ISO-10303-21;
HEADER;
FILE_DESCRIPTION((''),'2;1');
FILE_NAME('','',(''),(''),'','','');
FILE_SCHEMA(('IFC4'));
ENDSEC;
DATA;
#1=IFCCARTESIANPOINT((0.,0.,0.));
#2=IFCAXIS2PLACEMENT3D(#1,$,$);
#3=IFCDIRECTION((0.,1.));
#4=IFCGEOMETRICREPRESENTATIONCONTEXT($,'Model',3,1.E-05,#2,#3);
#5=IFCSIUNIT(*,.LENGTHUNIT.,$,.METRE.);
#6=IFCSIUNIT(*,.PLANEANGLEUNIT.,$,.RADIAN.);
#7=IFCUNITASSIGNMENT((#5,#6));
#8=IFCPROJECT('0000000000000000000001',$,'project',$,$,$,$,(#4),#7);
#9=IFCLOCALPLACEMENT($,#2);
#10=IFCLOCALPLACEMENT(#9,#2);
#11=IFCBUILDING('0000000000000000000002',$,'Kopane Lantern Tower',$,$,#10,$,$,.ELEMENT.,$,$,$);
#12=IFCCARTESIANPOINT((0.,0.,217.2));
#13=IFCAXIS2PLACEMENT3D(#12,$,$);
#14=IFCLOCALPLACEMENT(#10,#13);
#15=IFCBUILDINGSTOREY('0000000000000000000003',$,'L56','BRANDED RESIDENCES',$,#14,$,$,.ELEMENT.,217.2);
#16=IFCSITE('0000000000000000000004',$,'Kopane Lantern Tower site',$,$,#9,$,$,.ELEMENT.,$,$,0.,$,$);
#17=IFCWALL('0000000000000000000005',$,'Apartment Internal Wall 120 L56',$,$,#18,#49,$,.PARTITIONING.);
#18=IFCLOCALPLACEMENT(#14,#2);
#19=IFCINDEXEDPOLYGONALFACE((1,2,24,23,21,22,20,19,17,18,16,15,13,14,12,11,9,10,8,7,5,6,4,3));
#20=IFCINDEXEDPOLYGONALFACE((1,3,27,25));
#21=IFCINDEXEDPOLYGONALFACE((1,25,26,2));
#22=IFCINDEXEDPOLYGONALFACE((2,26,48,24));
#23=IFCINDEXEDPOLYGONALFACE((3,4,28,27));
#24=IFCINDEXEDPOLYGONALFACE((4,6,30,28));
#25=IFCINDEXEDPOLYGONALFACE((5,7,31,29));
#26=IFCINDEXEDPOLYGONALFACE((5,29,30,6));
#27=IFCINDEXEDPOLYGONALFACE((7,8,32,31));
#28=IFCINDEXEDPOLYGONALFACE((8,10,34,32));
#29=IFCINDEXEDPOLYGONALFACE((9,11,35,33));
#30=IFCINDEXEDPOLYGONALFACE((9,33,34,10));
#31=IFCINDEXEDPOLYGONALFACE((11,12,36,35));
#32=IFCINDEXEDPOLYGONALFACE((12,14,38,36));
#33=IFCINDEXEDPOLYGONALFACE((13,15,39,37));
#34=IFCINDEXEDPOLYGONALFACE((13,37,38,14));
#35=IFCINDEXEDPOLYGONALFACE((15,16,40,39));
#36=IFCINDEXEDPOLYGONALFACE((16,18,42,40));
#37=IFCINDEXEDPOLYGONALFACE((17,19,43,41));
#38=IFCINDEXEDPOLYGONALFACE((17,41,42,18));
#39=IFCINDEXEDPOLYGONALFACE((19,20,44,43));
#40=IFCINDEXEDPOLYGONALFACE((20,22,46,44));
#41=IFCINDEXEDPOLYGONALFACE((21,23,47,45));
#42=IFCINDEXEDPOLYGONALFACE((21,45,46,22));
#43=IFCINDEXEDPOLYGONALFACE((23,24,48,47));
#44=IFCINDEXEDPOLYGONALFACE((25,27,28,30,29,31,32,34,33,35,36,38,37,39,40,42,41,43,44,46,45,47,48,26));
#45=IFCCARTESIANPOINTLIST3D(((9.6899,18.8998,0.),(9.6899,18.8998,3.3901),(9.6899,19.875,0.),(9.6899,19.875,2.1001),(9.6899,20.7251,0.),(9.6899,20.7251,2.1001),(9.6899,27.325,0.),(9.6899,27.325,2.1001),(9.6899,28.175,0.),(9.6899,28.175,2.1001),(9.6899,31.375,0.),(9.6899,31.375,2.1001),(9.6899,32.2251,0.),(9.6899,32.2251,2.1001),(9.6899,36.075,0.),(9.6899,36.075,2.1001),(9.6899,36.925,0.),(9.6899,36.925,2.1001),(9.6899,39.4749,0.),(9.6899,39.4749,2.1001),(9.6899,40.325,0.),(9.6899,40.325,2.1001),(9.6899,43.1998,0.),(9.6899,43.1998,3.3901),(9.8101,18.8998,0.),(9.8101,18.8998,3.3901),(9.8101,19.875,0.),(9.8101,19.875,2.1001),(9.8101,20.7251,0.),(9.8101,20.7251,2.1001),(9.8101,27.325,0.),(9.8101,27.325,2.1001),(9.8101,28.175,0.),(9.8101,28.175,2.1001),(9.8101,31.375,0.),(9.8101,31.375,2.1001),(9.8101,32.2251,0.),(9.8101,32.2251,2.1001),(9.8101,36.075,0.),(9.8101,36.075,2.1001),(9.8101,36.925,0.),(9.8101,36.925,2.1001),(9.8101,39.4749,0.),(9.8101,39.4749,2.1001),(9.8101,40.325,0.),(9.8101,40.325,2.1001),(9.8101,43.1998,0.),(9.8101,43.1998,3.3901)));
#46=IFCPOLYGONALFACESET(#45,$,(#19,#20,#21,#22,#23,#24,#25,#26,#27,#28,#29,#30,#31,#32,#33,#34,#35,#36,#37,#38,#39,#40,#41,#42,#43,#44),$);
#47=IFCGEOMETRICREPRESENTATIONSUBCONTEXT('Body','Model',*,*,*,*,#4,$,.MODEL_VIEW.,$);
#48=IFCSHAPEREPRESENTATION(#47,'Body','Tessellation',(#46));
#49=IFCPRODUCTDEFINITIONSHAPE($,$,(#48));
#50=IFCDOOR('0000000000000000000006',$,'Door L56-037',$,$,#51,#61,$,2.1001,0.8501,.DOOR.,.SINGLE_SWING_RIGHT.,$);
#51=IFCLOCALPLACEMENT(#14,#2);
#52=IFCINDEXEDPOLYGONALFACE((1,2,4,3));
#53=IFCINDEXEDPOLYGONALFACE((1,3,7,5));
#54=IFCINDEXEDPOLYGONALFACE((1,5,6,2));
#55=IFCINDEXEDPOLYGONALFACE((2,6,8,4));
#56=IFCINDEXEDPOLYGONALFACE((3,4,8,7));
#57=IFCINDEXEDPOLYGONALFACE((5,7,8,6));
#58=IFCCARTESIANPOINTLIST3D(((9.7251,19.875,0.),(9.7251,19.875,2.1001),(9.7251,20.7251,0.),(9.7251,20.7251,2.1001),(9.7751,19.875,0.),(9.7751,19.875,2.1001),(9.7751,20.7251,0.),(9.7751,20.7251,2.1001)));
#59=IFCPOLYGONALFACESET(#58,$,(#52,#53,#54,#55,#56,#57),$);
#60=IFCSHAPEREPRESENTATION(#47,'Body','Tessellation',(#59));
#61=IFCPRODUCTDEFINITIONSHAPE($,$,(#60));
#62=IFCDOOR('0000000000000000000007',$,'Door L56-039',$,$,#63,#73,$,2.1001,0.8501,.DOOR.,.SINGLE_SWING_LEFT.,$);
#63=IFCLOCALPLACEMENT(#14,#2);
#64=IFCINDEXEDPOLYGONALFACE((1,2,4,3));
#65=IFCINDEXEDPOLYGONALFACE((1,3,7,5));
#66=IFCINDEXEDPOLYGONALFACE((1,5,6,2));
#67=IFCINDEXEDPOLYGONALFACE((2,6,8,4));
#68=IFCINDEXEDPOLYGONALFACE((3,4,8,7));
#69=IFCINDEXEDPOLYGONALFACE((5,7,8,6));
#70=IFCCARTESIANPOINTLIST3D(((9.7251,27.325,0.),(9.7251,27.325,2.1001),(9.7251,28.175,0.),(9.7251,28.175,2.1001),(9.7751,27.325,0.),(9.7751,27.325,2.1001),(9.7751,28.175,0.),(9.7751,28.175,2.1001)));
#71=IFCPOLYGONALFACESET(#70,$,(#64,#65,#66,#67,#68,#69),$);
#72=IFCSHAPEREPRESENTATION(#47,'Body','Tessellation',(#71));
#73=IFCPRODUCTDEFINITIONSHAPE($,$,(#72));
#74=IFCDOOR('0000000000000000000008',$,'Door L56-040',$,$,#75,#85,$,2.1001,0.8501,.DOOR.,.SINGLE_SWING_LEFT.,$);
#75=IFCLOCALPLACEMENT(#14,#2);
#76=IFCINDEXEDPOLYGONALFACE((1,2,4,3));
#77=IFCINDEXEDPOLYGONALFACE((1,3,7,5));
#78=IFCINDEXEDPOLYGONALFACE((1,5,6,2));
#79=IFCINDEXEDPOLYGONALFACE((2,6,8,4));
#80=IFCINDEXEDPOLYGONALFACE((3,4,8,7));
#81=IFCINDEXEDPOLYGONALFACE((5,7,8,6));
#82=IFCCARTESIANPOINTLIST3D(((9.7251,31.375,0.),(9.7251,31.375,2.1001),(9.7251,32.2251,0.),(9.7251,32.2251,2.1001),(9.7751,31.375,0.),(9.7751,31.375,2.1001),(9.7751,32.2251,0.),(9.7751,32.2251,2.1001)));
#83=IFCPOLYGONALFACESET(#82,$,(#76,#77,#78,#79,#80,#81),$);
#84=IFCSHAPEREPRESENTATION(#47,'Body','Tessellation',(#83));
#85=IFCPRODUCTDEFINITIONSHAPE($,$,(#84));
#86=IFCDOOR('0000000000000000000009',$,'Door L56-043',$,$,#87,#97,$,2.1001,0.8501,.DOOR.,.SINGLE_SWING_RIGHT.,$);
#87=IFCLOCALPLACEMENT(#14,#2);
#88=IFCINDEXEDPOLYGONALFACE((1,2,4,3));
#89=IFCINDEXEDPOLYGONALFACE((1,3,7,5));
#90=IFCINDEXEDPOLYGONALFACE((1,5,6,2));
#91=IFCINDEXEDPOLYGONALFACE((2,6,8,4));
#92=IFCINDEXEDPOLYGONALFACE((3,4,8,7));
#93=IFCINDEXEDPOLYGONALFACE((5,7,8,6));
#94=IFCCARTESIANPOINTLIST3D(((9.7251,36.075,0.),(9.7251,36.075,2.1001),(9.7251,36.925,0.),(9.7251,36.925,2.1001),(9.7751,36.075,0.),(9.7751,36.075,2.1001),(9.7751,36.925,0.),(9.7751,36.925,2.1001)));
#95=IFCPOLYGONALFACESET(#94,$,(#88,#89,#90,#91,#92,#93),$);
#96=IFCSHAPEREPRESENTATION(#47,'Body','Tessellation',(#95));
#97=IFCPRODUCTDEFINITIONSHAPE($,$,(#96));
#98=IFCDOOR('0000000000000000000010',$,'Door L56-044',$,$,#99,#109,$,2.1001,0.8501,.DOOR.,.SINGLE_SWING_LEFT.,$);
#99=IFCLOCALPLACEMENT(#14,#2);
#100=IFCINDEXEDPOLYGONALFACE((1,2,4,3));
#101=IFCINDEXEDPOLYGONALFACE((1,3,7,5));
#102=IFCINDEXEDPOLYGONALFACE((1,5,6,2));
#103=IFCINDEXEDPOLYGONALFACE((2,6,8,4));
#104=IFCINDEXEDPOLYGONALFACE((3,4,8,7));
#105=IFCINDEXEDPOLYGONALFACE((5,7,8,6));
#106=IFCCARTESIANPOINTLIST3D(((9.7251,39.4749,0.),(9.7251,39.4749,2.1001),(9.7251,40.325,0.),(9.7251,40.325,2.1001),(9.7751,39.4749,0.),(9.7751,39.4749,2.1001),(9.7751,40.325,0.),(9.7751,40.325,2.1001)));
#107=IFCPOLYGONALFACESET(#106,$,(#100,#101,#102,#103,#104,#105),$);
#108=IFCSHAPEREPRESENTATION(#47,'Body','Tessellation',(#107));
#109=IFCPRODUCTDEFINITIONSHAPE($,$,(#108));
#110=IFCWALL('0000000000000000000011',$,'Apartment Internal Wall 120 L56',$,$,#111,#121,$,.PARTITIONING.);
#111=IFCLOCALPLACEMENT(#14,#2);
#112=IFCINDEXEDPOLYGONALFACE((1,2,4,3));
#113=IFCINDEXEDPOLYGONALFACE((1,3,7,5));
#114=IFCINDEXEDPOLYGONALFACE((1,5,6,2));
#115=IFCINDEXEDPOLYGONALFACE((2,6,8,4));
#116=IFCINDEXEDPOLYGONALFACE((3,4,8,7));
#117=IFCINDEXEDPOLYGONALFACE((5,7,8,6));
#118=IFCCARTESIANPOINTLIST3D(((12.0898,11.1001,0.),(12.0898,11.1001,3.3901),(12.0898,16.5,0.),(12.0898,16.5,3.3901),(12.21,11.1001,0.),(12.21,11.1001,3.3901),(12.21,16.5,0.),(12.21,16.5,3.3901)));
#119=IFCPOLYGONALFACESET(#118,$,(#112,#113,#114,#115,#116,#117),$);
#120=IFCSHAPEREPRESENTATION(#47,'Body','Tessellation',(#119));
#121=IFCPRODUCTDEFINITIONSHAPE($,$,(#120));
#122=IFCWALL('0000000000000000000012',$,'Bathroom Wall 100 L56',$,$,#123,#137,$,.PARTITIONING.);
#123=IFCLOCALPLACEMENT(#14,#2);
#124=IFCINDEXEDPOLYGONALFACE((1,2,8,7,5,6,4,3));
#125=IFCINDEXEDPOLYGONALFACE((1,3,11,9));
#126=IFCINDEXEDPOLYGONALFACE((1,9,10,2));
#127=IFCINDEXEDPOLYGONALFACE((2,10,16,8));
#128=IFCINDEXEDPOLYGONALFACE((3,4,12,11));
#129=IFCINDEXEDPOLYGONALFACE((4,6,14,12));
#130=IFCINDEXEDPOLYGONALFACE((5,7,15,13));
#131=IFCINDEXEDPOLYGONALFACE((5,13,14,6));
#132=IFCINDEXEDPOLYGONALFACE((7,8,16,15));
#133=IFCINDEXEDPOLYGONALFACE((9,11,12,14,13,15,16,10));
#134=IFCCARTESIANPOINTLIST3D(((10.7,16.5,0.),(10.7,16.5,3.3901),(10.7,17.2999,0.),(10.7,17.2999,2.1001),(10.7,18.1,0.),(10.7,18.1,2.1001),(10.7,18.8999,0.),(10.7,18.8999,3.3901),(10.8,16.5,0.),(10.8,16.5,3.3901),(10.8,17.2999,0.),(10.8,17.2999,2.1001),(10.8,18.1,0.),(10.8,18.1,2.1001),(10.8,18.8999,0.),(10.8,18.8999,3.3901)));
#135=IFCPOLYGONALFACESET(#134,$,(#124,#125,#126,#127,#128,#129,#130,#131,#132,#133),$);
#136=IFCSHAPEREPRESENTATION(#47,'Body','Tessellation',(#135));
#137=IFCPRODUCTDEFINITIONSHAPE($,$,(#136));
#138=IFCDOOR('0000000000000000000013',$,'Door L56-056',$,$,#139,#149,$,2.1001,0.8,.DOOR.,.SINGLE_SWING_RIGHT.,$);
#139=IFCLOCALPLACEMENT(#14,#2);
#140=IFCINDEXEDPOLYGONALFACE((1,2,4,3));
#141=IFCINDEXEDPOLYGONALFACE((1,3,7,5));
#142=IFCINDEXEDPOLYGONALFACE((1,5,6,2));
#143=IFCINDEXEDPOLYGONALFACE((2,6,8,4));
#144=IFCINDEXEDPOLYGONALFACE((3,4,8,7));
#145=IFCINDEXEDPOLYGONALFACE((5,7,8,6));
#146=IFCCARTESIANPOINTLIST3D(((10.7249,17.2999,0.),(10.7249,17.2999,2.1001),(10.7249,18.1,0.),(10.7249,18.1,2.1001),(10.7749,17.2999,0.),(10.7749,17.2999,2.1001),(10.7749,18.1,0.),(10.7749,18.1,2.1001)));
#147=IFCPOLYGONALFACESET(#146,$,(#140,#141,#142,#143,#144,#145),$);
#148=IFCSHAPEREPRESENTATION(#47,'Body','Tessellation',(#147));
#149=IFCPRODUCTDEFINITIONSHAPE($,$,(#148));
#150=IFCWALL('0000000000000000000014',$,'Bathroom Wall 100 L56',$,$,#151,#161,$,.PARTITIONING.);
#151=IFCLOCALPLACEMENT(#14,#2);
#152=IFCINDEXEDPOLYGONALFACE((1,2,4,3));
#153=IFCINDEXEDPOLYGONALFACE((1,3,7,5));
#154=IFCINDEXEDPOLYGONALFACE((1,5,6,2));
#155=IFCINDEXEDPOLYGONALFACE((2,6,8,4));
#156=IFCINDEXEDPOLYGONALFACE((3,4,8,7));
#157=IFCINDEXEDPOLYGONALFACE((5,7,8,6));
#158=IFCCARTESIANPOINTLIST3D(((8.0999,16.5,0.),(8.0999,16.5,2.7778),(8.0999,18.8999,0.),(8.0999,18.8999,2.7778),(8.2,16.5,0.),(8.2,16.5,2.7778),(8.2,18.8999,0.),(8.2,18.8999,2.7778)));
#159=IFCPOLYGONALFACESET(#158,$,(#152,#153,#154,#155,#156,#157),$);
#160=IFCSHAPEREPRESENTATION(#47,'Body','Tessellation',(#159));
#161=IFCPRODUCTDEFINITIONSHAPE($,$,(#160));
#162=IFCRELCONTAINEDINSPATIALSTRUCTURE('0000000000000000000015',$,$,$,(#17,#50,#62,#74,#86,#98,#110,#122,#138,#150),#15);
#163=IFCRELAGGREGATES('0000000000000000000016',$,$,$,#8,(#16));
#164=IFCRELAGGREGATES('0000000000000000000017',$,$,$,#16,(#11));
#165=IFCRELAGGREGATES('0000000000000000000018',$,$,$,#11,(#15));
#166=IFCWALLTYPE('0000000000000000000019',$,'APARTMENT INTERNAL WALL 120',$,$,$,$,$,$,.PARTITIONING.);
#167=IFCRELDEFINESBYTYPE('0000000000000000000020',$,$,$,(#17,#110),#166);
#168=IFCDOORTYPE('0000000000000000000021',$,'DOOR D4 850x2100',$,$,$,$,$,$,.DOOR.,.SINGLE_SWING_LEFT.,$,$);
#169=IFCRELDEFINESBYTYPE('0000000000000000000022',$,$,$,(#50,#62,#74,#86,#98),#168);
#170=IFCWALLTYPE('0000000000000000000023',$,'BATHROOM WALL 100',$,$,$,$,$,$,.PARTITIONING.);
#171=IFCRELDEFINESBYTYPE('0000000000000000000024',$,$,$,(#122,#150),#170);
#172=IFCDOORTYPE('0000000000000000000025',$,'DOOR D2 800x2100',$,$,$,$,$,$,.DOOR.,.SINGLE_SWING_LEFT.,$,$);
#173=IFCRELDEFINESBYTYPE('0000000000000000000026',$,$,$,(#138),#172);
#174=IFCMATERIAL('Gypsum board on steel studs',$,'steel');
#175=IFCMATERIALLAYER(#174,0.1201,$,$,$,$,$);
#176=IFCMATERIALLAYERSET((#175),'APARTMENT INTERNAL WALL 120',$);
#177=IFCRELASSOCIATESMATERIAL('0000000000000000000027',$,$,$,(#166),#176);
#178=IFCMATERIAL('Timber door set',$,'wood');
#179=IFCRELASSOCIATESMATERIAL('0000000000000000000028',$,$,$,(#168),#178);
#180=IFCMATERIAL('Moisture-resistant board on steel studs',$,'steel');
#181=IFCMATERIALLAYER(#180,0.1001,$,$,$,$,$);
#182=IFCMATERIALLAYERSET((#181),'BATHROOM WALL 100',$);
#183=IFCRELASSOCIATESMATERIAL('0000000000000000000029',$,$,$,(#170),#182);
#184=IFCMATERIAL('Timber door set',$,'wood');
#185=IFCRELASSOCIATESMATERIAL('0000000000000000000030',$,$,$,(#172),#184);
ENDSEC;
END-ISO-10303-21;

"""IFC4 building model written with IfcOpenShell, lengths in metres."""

from ifc_helpers import new_model, si_unit, direction, frame, frame_2d, origin, place, context, subcontext, project, spatial, rectangle, extrude, material, layer, layer_set, type_object, element, fill, save


model = new_model("IFC4")

# Units and contexts
model_context = context("Model", 3, precision=1e-05, world=origin(), true_north=direction((0.0, 1.0)))
body_context = subcontext(model_context, "Body", "Model", "MODEL_VIEW")
ifc_project = project(units=[si_unit("LENGTHUNIT", "METRE"), si_unit("PLANEANGLEUNIT", "RADIAN")], contexts=[model_context])

# Site, building, storey
site_placement = place(None, origin())
site = spatial("IfcSite", under=ifc_project, at=site_placement, Name="Kopane Lantern Tower site", CompositionType="ELEMENT", RefElevation=0.0)
building_placement = place(site_placement, origin())
building = spatial("IfcBuilding", under=site, at=building_placement, Name="Kopane Lantern Tower", CompositionType="ELEMENT")
storey_placement = place(building_placement, frame((0.0, 0.0, 217.2)))
storey = spatial("IfcBuildingStorey", under=building, at=storey_placement, Name="L56", Description="BRANDED RESIDENCES", CompositionType="ELEMENT", Elevation=217.2)

# Wall, openings, doors
ifc_material_1 = material(Name="Gypsum board on steel studs", Category="steel")
ifc_layer_1 = layer(ifc_material_1, 0.1201)
ifc_layer_set_1 = layer_set([ifc_layer_1], Name="APARTMENT INTERNAL WALL 120")
wall_type_1 = type_object("IfcWallType", Name="APARTMENT INTERNAL WALL 120", PredefinedType="PARTITIONING", material=ifc_layer_set_1)
wall_1_placement = place(storey_placement, frame((9.75, 18.8999, 0.0), z_axis=(0.0, 0.0, 1.0), x_axis=(0.0, 1.0, 0.0)))
wall_1 = element("IfcWall", 1, at=wall_1_placement, inside=storey, type_object=wall_type_1, Name="Apartment Internal Wall 120 L56", PredefinedType="PARTITIONING", context=body_context, shape_type="SweptSolid", body=[
    extrude(rectangle(XDim=24.3, YDim=0.1201, at=frame_2d((12.1499, 0.0))), origin(), (0.0, 0.0, 1.0), 3.3901),
])
opening_1_placement = place(wall_1_placement, frame((0.9751, 0.0, 0.0)))
opening_1 = element("IfcOpeningElement", 2, at=opening_1_placement, cuts=wall_1, PredefinedType="OPENING", context=body_context, shape_type="SweptSolid", body=[
    extrude(rectangle(XDim=0.8501, YDim=2.1001, at=frame_2d((0.425, 1.05))), frame((0.0, 0.0701, 0.0), z_axis=(0.0, -1.0, 0.0), x_axis=(1.0, 0.0, 0.0)), (0.0, 0.0, 1.0), 0.1401),
])
opening_2_placement = place(wall_1_placement, frame((8.425, 0.0, 0.0)))
opening_2 = element("IfcOpeningElement", 3, at=opening_2_placement, cuts=wall_1, PredefinedType="OPENING", context=body_context, shape_type="SweptSolid", body=[
    extrude(rectangle(XDim=0.8501, YDim=2.1001, at=frame_2d((0.425, 1.05))), frame((0.0, 0.0701, 0.0), z_axis=(0.0, -1.0, 0.0), x_axis=(1.0, 0.0, 0.0)), (0.0, 0.0, 1.0), 0.1401),
])
opening_3_placement = place(wall_1_placement, frame((12.4751, 0.0, 0.0)))
opening_3 = element("IfcOpeningElement", 4, at=opening_3_placement, cuts=wall_1, PredefinedType="OPENING", context=body_context, shape_type="SweptSolid", body=[
    extrude(rectangle(XDim=0.8501, YDim=2.1001, at=frame_2d((0.425, 1.05))), frame((0.0, 0.0701, 0.0), z_axis=(0.0, -1.0, 0.0), x_axis=(1.0, 0.0, 0.0)), (0.0, 0.0, 1.0), 0.1401),
])
opening_4_placement = place(wall_1_placement, frame((17.175, 0.0, 0.0)))
opening_4 = element("IfcOpeningElement", 5, at=opening_4_placement, cuts=wall_1, PredefinedType="OPENING", context=body_context, shape_type="SweptSolid", body=[
    extrude(rectangle(XDim=0.8501, YDim=2.1001, at=frame_2d((0.425, 1.05))), frame((0.0, 0.0701, 0.0), z_axis=(0.0, -1.0, 0.0), x_axis=(1.0, 0.0, 0.0)), (0.0, 0.0, 1.0), 0.1401),
])
opening_5_placement = place(wall_1_placement, frame((20.575, 0.0, 0.0)))
opening_5 = element("IfcOpeningElement", 6, at=opening_5_placement, cuts=wall_1, PredefinedType="OPENING", context=body_context, shape_type="SweptSolid", body=[
    extrude(rectangle(XDim=0.8501, YDim=2.1001, at=frame_2d((0.425, 1.05))), frame((0.0, 0.0701, 0.0), z_axis=(0.0, -1.0, 0.0), x_axis=(1.0, 0.0, 0.0)), (0.0, 0.0, 1.0), 0.1401),
])
ifc_material_2 = material(Name="Timber door set", Category="wood")
door_type_1 = type_object("IfcDoorType", Name="DOOR D4 850x2100", OperationType="SINGLE_SWING_LEFT", PredefinedType="DOOR", material=ifc_material_2)
door_1_placement = place(opening_1_placement, origin())
door_1 = element("IfcDoor", 7, at=door_1_placement, inside=storey, type_object=door_type_1, Name="Door L56-037", OperationType="SINGLE_SWING_RIGHT", OverallHeight=2.1001, OverallWidth=0.8501, PredefinedType="DOOR", context=body_context, shape_type="SweptSolid", body=[
    extrude(rectangle(XDim=0.8501, YDim=2.1001, at=frame_2d((0.425, 1.05))), frame((0.0, 0.0249, 0.0), z_axis=(0.0, -1.0, 0.0), x_axis=(1.0, 0.0, 0.0)), (0.0, 0.0, 1.0), 0.05),
])
fill(opening_1, door_1)
door_2_placement = place(opening_2_placement, origin())
door_2 = element("IfcDoor", 8, at=door_2_placement, inside=storey, type_object=door_type_1, Name="Door L56-039", OperationType="SINGLE_SWING_LEFT", OverallHeight=2.1001, OverallWidth=0.8501, PredefinedType="DOOR", context=body_context, shape_type="SweptSolid", body=[
    extrude(rectangle(XDim=0.8501, YDim=2.1001, at=frame_2d((0.425, 1.05))), frame((0.0, 0.0249, 0.0), z_axis=(0.0, -1.0, 0.0), x_axis=(1.0, 0.0, 0.0)), (0.0, 0.0, 1.0), 0.05),
])
fill(opening_2, door_2)
door_3_placement = place(opening_3_placement, origin())
door_3 = element("IfcDoor", 9, at=door_3_placement, inside=storey, type_object=door_type_1, Name="Door L56-040", OperationType="SINGLE_SWING_LEFT", OverallHeight=2.1001, OverallWidth=0.8501, PredefinedType="DOOR", context=body_context, shape_type="SweptSolid", body=[
    extrude(rectangle(XDim=0.8501, YDim=2.1001, at=frame_2d((0.425, 1.05))), frame((0.0, 0.0249, 0.0), z_axis=(0.0, -1.0, 0.0), x_axis=(1.0, 0.0, 0.0)), (0.0, 0.0, 1.0), 0.05),
])
fill(opening_3, door_3)
door_4_placement = place(opening_4_placement, origin())
door_4 = element("IfcDoor", 10, at=door_4_placement, inside=storey, type_object=door_type_1, Name="Door L56-043", OperationType="SINGLE_SWING_RIGHT", OverallHeight=2.1001, OverallWidth=0.8501, PredefinedType="DOOR", context=body_context, shape_type="SweptSolid", body=[
    extrude(rectangle(XDim=0.8501, YDim=2.1001, at=frame_2d((0.425, 1.05))), frame((0.0, 0.0249, 0.0), z_axis=(0.0, -1.0, 0.0), x_axis=(1.0, 0.0, 0.0)), (0.0, 0.0, 1.0), 0.05),
])
fill(opening_4, door_4)
door_5_placement = place(opening_5_placement, origin())
door_5 = element("IfcDoor", 11, at=door_5_placement, inside=storey, type_object=door_type_1, Name="Door L56-044", OperationType="SINGLE_SWING_LEFT", OverallHeight=2.1001, OverallWidth=0.8501, PredefinedType="DOOR", context=body_context, shape_type="SweptSolid", body=[
    extrude(rectangle(XDim=0.8501, YDim=2.1001, at=frame_2d((0.425, 1.05))), frame((0.0, 0.0249, 0.0), z_axis=(0.0, -1.0, 0.0), x_axis=(1.0, 0.0, 0.0)), (0.0, 0.0, 1.0), 0.05),
])
fill(opening_5, door_5)

# Wall
wall_2_placement = place(storey_placement, frame((12.1499, 16.5, 0.0), z_axis=(0.0, 0.0, 1.0), x_axis=(0.0, -1.0, 0.0)))
element("IfcWall", 12, at=wall_2_placement, inside=storey, type_object=wall_type_1, Name="Apartment Internal Wall 120 L56", PredefinedType="PARTITIONING", context=body_context, shape_type="SweptSolid", body=[
    extrude(rectangle(XDim=5.3999, YDim=0.1201, at=frame_2d((2.7, 0.0))), origin(), (0.0, 0.0, 1.0), 3.3901),
])

# Wall, opening, door
ifc_material_3 = material(Name="Moisture-resistant board on steel studs", Category="steel")
ifc_layer_2 = layer(ifc_material_3, 0.1001)
ifc_layer_set_2 = layer_set([ifc_layer_2], Name="BATHROOM WALL 100")
wall_type_2 = type_object("IfcWallType", Name="BATHROOM WALL 100", PredefinedType="PARTITIONING", material=ifc_layer_set_2)
wall_3_placement = place(storey_placement, frame((10.75, 18.8999, 0.0), z_axis=(0.0, 0.0, 1.0), x_axis=(0.0, -1.0, 0.0)))
wall_3 = element("IfcWall", 13, at=wall_3_placement, inside=storey, type_object=wall_type_2, Name="Bathroom Wall 100 L56", PredefinedType="PARTITIONING", context=body_context, shape_type="SweptSolid", body=[
    extrude(rectangle(XDim=2.3999, YDim=0.1001, at=frame_2d((1.2, 0.0))), origin(), (0.0, 0.0, 1.0), 3.3901),
])
opening_6_placement = place(wall_3_placement, frame((0.8, 0.0, 0.0)))
opening_6 = element("IfcOpeningElement", 14, at=opening_6_placement, cuts=wall_3, PredefinedType="OPENING", context=body_context, shape_type="SweptSolid", body=[
    extrude(rectangle(XDim=0.8, YDim=2.1001, at=frame_2d((0.3999, 1.05))), frame((0.0, 0.0601, 0.0), z_axis=(0.0, -1.0, 0.0), x_axis=(1.0, 0.0, 0.0)), (0.0, 0.0, 1.0), 0.1201),
])
ifc_material_4 = material(Name="Timber door set", Category="wood")
door_type_2 = type_object("IfcDoorType", Name="DOOR D2 800x2100", OperationType="SINGLE_SWING_LEFT", PredefinedType="DOOR", material=ifc_material_4)
door_6_placement = place(opening_6_placement, origin())
door_6 = element("IfcDoor", 15, at=door_6_placement, inside=storey, type_object=door_type_2, Name="Door L56-056", OperationType="SINGLE_SWING_RIGHT", OverallHeight=2.1001, OverallWidth=0.8, PredefinedType="DOOR", context=body_context, shape_type="SweptSolid", body=[
    extrude(rectangle(XDim=0.8, YDim=2.1001, at=frame_2d((0.3999, 1.05))), frame((0.0, 0.0249, 0.0), z_axis=(0.0, -1.0, 0.0), x_axis=(1.0, 0.0, 0.0)), (0.0, 0.0, 1.0), 0.05),
])
fill(opening_6, door_6)

# Wall
wall_4_placement = place(storey_placement, frame((8.1499, 18.8999, 0.0), z_axis=(0.0, 0.0, 1.0), x_axis=(0.0, -1.0, 0.0)))
element("IfcWall", 16, at=wall_4_placement, inside=storey, type_object=wall_type_2, Name="Bathroom Wall 100 L56", PredefinedType="PARTITIONING", context=body_context, shape_type="SweptSolid", body=[
    extrude(rectangle(XDim=2.3999, YDim=0.1001, at=frame_2d((1.2, 0.0))), origin(), (0.0, 0.0, 1.0), 2.7778),
])

save(model, "model.ifc")
